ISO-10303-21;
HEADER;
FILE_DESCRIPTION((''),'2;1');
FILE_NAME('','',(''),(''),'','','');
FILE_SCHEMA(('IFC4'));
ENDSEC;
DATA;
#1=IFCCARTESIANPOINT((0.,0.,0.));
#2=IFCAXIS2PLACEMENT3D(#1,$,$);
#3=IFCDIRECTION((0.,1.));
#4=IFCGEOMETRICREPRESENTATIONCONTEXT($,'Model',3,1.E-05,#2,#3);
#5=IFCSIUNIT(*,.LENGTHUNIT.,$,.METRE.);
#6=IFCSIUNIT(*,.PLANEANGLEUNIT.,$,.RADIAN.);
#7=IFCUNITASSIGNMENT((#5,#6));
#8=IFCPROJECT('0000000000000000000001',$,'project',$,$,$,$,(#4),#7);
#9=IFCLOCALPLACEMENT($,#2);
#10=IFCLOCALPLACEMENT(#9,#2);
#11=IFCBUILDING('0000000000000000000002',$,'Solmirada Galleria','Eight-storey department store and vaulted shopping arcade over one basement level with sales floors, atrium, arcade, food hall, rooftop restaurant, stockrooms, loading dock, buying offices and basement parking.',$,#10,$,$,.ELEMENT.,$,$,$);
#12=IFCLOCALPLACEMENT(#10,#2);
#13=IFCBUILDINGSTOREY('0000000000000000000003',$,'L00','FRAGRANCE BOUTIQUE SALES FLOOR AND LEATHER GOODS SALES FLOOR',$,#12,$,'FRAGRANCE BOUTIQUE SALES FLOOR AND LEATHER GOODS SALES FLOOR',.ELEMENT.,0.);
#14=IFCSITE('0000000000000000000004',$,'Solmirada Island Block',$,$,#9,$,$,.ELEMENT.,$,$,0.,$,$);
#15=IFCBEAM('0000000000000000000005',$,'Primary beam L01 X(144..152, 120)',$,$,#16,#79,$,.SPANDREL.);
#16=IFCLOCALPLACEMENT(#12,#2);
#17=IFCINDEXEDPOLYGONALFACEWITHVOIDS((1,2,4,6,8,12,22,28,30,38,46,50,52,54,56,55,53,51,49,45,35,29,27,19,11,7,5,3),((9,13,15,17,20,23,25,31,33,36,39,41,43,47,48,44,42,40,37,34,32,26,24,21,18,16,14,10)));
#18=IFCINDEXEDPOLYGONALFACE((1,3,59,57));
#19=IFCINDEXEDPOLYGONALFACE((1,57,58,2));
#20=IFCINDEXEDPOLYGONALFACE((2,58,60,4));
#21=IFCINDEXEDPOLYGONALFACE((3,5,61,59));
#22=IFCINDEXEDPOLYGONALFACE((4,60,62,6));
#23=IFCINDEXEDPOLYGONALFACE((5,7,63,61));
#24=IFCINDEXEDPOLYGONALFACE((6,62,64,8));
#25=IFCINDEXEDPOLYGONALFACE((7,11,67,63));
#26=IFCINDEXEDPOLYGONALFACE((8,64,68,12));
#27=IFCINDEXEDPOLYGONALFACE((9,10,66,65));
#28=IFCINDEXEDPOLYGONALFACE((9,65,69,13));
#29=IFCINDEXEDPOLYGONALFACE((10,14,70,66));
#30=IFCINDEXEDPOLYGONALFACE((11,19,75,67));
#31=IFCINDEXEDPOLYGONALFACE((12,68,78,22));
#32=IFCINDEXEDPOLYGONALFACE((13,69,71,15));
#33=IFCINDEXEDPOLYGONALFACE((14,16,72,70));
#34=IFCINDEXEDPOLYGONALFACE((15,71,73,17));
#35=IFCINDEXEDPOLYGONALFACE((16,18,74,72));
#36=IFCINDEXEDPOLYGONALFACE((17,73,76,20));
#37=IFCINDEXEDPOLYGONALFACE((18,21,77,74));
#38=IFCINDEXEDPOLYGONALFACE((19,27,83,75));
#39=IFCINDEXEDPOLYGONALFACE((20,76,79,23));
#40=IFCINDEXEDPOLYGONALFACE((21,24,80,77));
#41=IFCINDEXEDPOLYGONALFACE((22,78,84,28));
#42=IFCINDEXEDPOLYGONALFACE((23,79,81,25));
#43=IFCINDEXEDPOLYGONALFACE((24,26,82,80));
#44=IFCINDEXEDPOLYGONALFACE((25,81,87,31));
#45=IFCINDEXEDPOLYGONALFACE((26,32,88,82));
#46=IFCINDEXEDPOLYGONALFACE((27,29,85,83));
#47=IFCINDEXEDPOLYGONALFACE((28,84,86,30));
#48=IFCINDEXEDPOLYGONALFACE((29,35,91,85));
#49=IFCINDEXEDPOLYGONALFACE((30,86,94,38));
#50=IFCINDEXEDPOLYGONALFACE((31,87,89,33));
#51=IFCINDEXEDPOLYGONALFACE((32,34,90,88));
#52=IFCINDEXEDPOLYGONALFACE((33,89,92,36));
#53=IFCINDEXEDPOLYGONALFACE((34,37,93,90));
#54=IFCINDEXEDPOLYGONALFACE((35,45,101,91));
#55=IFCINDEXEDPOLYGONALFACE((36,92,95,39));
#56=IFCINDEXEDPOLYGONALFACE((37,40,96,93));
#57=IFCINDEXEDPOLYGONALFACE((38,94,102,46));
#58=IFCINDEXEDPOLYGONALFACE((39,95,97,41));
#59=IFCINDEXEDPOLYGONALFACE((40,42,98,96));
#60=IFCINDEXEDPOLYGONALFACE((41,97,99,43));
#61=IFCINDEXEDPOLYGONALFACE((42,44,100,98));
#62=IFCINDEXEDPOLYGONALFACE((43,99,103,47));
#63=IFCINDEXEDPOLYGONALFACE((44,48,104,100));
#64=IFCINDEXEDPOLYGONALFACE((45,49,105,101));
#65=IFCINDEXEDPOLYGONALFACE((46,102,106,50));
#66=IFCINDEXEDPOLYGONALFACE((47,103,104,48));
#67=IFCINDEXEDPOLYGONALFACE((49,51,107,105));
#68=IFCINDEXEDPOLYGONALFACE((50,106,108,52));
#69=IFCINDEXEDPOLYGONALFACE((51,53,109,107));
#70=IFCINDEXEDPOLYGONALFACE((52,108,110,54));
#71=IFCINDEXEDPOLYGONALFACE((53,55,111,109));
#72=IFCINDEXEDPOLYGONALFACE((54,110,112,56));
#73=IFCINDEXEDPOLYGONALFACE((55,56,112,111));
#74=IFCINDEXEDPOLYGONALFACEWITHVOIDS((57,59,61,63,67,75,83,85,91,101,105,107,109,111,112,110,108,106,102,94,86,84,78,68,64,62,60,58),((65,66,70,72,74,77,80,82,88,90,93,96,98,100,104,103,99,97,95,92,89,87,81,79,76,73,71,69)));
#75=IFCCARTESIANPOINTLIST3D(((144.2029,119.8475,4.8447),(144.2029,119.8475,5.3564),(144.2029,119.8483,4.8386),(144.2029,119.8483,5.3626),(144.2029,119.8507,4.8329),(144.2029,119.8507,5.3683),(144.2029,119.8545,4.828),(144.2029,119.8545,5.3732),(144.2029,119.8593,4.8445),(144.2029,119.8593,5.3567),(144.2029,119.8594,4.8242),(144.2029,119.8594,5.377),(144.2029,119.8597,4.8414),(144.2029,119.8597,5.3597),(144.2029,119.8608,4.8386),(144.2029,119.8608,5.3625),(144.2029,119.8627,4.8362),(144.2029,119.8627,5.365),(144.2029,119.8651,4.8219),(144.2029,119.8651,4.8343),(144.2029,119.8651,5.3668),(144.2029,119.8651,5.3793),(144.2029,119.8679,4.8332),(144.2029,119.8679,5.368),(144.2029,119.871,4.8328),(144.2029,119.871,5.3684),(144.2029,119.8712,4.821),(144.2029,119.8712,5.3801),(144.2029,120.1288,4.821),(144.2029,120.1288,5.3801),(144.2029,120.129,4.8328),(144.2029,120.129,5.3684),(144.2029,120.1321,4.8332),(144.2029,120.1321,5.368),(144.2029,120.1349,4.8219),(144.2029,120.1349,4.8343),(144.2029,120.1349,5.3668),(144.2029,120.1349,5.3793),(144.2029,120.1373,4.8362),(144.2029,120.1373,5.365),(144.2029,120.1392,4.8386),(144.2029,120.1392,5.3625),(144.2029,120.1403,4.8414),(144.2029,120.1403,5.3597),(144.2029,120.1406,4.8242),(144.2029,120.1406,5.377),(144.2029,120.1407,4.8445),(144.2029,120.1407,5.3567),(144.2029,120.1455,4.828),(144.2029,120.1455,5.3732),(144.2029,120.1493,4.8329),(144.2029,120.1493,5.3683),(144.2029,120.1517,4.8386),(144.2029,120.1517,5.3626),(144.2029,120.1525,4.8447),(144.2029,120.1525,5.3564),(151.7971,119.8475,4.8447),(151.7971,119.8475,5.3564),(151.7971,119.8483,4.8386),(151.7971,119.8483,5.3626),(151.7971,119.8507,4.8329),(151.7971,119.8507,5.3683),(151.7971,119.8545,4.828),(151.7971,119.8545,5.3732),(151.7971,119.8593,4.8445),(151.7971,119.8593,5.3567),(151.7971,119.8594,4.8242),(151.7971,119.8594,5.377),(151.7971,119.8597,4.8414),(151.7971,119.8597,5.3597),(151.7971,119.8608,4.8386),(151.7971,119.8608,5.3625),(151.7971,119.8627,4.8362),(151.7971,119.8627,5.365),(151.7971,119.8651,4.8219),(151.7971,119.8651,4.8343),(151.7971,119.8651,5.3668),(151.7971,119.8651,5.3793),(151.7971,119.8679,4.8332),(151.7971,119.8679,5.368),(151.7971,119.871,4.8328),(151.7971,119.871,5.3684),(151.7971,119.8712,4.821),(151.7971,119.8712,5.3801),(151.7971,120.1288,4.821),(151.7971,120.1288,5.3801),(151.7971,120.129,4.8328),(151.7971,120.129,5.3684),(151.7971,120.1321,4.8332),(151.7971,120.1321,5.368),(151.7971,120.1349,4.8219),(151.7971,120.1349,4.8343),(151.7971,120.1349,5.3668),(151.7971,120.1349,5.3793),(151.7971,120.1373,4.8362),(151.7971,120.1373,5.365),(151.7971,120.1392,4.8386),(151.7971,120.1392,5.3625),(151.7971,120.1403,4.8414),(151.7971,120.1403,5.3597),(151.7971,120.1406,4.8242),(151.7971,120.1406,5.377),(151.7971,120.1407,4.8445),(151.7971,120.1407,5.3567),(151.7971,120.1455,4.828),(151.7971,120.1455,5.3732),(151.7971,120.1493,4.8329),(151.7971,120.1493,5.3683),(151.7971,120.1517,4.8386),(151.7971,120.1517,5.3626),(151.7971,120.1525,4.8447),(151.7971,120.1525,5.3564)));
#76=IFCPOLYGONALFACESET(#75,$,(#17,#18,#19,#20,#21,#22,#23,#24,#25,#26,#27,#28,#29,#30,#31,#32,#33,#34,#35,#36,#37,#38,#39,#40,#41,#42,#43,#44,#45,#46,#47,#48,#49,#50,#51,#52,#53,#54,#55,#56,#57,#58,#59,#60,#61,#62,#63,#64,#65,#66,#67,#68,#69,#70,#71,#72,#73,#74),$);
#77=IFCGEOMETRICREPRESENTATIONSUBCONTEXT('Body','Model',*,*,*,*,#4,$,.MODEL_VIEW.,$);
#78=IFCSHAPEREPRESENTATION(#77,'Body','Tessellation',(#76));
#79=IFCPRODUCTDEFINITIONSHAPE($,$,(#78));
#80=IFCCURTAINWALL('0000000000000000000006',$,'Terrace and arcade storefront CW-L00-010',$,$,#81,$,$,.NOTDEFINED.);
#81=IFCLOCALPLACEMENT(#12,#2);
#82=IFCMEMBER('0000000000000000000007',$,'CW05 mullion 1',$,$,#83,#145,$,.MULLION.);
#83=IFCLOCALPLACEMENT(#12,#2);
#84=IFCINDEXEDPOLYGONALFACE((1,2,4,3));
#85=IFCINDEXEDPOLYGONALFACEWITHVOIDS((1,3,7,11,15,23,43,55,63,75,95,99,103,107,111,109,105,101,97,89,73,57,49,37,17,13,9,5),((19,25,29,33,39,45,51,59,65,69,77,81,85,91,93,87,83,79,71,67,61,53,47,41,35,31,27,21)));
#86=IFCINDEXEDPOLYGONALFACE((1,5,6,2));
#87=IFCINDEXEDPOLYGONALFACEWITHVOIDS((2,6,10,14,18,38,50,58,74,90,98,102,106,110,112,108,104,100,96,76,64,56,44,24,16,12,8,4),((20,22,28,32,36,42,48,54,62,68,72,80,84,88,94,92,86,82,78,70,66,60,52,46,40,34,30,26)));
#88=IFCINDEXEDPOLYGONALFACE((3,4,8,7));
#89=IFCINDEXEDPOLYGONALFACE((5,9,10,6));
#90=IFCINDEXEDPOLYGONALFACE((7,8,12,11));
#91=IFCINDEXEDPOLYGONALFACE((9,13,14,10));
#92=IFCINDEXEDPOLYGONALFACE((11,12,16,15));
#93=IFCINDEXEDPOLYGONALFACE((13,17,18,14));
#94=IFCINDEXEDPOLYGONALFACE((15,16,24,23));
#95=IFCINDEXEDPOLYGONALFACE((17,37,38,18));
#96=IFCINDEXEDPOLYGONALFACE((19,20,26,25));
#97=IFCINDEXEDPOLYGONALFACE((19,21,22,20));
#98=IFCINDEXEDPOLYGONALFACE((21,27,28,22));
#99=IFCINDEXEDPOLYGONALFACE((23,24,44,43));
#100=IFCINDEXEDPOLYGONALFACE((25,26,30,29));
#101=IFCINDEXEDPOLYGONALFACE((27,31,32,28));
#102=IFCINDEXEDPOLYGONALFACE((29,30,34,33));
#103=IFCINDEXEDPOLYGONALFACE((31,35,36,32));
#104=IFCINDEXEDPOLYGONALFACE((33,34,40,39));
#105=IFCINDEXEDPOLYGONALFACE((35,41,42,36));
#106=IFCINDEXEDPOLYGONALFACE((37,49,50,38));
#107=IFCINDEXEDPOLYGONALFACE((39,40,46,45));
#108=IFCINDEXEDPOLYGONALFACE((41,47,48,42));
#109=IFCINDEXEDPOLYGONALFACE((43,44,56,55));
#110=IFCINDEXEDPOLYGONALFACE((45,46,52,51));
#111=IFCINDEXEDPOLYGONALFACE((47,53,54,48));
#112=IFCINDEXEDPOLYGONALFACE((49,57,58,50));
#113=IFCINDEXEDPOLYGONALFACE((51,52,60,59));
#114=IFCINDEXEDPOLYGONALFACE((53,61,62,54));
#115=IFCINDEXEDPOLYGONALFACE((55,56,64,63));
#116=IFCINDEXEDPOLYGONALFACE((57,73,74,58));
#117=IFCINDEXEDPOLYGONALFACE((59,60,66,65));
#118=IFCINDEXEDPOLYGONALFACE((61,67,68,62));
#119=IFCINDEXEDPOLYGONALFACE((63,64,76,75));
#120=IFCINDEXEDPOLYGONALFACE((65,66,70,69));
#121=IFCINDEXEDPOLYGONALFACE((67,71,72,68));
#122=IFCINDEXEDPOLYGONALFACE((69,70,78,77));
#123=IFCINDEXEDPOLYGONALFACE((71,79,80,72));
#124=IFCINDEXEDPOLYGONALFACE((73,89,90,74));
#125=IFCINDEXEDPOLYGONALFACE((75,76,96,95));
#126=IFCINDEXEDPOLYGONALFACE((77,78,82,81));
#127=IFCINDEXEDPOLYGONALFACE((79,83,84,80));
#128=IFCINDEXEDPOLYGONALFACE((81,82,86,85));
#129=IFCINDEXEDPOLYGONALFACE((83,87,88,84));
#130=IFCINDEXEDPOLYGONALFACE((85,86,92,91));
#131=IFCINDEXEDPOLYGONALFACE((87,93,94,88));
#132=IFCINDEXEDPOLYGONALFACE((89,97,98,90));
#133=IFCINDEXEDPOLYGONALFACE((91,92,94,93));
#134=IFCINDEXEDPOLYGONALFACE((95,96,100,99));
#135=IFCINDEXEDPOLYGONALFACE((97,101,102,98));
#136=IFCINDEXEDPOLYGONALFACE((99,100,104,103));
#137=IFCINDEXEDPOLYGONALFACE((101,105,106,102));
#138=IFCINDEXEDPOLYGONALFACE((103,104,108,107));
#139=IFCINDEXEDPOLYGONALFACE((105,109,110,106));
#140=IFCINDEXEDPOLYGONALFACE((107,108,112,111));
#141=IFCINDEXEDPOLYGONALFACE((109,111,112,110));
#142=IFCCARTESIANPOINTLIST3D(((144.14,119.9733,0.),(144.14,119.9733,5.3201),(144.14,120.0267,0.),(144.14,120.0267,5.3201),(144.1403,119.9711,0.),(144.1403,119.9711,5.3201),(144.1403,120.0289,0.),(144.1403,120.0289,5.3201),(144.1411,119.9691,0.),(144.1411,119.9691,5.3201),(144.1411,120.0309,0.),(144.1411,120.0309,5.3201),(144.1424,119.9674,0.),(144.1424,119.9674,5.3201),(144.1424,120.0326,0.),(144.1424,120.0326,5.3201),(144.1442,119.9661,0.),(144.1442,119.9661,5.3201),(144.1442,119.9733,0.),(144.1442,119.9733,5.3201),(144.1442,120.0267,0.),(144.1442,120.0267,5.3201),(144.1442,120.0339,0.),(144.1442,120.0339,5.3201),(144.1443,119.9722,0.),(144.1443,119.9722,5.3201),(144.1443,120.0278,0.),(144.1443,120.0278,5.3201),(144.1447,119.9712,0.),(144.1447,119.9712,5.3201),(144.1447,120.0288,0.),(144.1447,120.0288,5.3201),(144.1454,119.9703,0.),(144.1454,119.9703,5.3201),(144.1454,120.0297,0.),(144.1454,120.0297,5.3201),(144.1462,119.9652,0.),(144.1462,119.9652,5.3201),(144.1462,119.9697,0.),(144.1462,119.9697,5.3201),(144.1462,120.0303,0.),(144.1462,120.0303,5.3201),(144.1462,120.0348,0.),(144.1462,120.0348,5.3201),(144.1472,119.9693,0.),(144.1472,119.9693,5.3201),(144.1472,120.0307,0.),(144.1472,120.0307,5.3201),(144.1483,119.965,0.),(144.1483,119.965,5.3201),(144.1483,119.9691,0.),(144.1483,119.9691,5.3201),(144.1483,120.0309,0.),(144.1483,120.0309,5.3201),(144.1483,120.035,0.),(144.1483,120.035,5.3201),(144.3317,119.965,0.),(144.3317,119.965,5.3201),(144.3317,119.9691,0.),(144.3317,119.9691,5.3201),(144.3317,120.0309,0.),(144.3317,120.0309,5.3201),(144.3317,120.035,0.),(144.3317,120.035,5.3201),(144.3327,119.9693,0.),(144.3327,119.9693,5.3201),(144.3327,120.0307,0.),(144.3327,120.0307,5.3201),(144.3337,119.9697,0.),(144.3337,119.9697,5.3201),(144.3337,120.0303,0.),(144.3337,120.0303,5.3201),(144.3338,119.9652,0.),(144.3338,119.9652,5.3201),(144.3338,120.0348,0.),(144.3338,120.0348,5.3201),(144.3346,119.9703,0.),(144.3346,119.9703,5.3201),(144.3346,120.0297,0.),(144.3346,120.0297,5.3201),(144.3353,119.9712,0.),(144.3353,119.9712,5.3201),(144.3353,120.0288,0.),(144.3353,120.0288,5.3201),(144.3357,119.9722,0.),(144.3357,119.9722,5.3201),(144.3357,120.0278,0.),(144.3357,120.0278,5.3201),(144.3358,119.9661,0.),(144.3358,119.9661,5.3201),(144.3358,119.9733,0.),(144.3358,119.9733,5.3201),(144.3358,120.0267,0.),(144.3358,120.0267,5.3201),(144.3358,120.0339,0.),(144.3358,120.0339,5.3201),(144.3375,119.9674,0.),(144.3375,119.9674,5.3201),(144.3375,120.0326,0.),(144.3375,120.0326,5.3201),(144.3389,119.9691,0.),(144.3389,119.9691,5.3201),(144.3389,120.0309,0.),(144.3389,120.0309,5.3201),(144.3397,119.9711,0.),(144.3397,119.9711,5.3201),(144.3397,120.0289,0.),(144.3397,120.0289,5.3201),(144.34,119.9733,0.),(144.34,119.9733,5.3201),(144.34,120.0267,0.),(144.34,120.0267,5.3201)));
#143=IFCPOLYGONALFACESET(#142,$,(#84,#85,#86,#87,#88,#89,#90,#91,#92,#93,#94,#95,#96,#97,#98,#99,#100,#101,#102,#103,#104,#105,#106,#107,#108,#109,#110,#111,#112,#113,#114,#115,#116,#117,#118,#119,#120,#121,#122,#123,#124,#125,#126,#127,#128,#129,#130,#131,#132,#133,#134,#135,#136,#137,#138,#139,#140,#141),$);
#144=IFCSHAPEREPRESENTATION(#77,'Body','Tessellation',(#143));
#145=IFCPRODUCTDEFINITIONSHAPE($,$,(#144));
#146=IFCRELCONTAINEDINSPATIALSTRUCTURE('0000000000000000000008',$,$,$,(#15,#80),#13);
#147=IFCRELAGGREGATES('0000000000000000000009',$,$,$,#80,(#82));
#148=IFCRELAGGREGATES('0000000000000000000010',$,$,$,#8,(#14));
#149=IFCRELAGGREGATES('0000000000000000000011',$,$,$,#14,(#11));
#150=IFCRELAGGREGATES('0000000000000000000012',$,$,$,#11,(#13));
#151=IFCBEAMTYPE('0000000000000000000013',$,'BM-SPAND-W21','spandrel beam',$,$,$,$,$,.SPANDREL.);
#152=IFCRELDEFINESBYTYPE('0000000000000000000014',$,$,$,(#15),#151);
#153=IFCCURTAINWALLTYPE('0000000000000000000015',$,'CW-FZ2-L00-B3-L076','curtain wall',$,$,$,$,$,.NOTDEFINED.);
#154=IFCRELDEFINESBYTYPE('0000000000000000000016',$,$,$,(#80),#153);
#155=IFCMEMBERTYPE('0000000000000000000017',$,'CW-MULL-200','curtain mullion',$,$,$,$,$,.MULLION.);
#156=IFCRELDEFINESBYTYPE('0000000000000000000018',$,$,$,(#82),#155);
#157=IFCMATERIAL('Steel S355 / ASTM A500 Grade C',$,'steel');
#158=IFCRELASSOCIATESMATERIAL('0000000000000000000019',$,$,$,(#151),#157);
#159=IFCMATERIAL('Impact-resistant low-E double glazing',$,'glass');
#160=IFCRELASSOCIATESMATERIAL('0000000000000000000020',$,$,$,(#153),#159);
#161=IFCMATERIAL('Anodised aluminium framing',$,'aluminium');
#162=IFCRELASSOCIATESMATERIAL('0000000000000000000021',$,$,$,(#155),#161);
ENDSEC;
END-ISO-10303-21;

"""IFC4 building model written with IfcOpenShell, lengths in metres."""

from ifc_helpers import new_model, si_unit, direction, frame, origin, origin_2d, place, context, subcontext, project, spatial, hollow_rectangle, extrude, material, material_profile, profile_set, type_object, element, aggregate, save


model = new_model("IFC4")

# Units and contexts
model_context = context("Model", 3, precision=1e-05, world=origin(), true_north=direction((0.0, 1.0)))
body_context = subcontext(model_context, "Body", "Model", "MODEL_VIEW")
ifc_project = project(units=[si_unit("LENGTHUNIT", "METRE"), si_unit("PLANEANGLEUNIT", "RADIAN")], contexts=[model_context])

# Site, building, storey
site_placement = place(None, origin())
site = spatial("IfcSite", under=ifc_project, at=site_placement, Name="Solmirada Island Block", CompositionType="ELEMENT", RefElevation=0.0)
building_placement = place(site_placement, origin())
building = spatial("IfcBuilding", under=site, at=building_placement, Name="Solmirada Galleria", Description="Eight-storey department store and vaulted shopping arcade over one basement level with sales floors, atrium, arcade, food hall, rooftop restaurant, stockrooms, loading dock, buying offices and basement parking.", CompositionType="ELEMENT")
storey_placement = place(building_placement, origin())
storey = spatial("IfcBuildingStorey", under=building, at=storey_placement, Name="L00", Description="FRAGRANCE BOUTIQUE SALES FLOOR AND LEATHER GOODS SALES FLOOR", LongName="FRAGRANCE BOUTIQUE SALES FLOOR AND LEATHER GOODS SALES FLOOR", CompositionType="ELEMENT", Elevation=0.0)

# Shared definitions
ifc_material_1 = material(Name="Steel S355 / ASTM A500 Grade C", Category="steel")

# Beam
ifc_material_profile_1 = material_profile(ifc_material_1, hollow_rectangle(XDim=0.3049, YDim=0.5591, WallThickness=0.0117, InnerFilletRadius=0.0117, OuterFilletRadius=0.0237, at=origin_2d()), Name="HSS22X12X1/2")
ifc_profile_set_1 = profile_set([ifc_material_profile_1], Name="Steel S355 / ASTM A500 Grade C")
beam_type_1 = type_object("IfcBeamType", Name="BM-SPAND-W21", Description="spandrel beam", PredefinedType="SPANDREL", material=ifc_profile_set_1)
beam_1_placement = place(storey_placement, frame((144.2029, 120.0, 5.1006), z_axis=(1.0, 0.0, 0.0), x_axis=(0.0, 1.0, 0.0)))
element("IfcBeam", 1, at=beam_1_placement, inside=storey, type_object=beam_type_1, Name="Primary beam L01 X(144..152, 120)", PredefinedType="SPANDREL", context=body_context, shape_type="SweptSolid", body=[
    extrude(hollow_rectangle(XDim=0.3049, YDim=0.5591, WallThickness=0.0117, InnerFilletRadius=0.0117, OuterFilletRadius=0.0237, at=origin_2d()), origin(), (0.0, 0.0, 1.0), 7.5942),
])

# Curtain wall, member
ifc_material_2 = material(Name="Impact-resistant low-E double glazing", Category="glass")
curtain_wall_type = type_object("IfcCurtainWallType", Name="CW-FZ2-L00-B3-L076", Description="curtain wall", PredefinedType="NOTDEFINED", material=ifc_material_2)
curtain_wall_placement = place(storey_placement, origin())
curtain_wall = element("IfcCurtainWall", 2, at=curtain_wall_placement, inside=storey, type_object=curtain_wall_type, Name="Terrace and arcade storefront CW-L00-010", PredefinedType="NOTDEFINED")
ifc_material_3 = material(Name="Anodised aluminium framing", Category="aluminium")
ifc_material_profile_2 = material_profile(ifc_material_3, hollow_rectangle(XDim=0.0701, YDim=0.2, WallThickness=0.0042, InnerFilletRadius=0.0042, OuterFilletRadius=0.0083, at=origin_2d()), Name="ALU-MULL-200X70")
ifc_profile_set_2 = profile_set([ifc_material_profile_2], Name="Anodised aluminium framing")
member_type_1 = type_object("IfcMemberType", Name="CW-MULL-200", Description="curtain mullion", PredefinedType="MULLION", material=ifc_profile_set_2)
member_1_placement = place(storey_placement, frame((144.24, 120.0, 0.0), z_axis=(0.0, 0.0, 1.0), x_axis=(0.0, 1.0, 0.0)))
member_1 = element("IfcMember", 3, at=member_1_placement, type_object=member_type_1, Name="CW05 mullion 1", PredefinedType="MULLION", context=body_context, shape_type="SweptSolid", body=[
    extrude(hollow_rectangle(XDim=0.0701, YDim=0.2, WallThickness=0.0042, InnerFilletRadius=0.0042, OuterFilletRadius=0.0083, at=origin_2d()), origin(), (0.0, 0.0, 1.0), 5.3201),
])
aggregate(curtain_wall, [member_1])

save(model, "model.ifc")
